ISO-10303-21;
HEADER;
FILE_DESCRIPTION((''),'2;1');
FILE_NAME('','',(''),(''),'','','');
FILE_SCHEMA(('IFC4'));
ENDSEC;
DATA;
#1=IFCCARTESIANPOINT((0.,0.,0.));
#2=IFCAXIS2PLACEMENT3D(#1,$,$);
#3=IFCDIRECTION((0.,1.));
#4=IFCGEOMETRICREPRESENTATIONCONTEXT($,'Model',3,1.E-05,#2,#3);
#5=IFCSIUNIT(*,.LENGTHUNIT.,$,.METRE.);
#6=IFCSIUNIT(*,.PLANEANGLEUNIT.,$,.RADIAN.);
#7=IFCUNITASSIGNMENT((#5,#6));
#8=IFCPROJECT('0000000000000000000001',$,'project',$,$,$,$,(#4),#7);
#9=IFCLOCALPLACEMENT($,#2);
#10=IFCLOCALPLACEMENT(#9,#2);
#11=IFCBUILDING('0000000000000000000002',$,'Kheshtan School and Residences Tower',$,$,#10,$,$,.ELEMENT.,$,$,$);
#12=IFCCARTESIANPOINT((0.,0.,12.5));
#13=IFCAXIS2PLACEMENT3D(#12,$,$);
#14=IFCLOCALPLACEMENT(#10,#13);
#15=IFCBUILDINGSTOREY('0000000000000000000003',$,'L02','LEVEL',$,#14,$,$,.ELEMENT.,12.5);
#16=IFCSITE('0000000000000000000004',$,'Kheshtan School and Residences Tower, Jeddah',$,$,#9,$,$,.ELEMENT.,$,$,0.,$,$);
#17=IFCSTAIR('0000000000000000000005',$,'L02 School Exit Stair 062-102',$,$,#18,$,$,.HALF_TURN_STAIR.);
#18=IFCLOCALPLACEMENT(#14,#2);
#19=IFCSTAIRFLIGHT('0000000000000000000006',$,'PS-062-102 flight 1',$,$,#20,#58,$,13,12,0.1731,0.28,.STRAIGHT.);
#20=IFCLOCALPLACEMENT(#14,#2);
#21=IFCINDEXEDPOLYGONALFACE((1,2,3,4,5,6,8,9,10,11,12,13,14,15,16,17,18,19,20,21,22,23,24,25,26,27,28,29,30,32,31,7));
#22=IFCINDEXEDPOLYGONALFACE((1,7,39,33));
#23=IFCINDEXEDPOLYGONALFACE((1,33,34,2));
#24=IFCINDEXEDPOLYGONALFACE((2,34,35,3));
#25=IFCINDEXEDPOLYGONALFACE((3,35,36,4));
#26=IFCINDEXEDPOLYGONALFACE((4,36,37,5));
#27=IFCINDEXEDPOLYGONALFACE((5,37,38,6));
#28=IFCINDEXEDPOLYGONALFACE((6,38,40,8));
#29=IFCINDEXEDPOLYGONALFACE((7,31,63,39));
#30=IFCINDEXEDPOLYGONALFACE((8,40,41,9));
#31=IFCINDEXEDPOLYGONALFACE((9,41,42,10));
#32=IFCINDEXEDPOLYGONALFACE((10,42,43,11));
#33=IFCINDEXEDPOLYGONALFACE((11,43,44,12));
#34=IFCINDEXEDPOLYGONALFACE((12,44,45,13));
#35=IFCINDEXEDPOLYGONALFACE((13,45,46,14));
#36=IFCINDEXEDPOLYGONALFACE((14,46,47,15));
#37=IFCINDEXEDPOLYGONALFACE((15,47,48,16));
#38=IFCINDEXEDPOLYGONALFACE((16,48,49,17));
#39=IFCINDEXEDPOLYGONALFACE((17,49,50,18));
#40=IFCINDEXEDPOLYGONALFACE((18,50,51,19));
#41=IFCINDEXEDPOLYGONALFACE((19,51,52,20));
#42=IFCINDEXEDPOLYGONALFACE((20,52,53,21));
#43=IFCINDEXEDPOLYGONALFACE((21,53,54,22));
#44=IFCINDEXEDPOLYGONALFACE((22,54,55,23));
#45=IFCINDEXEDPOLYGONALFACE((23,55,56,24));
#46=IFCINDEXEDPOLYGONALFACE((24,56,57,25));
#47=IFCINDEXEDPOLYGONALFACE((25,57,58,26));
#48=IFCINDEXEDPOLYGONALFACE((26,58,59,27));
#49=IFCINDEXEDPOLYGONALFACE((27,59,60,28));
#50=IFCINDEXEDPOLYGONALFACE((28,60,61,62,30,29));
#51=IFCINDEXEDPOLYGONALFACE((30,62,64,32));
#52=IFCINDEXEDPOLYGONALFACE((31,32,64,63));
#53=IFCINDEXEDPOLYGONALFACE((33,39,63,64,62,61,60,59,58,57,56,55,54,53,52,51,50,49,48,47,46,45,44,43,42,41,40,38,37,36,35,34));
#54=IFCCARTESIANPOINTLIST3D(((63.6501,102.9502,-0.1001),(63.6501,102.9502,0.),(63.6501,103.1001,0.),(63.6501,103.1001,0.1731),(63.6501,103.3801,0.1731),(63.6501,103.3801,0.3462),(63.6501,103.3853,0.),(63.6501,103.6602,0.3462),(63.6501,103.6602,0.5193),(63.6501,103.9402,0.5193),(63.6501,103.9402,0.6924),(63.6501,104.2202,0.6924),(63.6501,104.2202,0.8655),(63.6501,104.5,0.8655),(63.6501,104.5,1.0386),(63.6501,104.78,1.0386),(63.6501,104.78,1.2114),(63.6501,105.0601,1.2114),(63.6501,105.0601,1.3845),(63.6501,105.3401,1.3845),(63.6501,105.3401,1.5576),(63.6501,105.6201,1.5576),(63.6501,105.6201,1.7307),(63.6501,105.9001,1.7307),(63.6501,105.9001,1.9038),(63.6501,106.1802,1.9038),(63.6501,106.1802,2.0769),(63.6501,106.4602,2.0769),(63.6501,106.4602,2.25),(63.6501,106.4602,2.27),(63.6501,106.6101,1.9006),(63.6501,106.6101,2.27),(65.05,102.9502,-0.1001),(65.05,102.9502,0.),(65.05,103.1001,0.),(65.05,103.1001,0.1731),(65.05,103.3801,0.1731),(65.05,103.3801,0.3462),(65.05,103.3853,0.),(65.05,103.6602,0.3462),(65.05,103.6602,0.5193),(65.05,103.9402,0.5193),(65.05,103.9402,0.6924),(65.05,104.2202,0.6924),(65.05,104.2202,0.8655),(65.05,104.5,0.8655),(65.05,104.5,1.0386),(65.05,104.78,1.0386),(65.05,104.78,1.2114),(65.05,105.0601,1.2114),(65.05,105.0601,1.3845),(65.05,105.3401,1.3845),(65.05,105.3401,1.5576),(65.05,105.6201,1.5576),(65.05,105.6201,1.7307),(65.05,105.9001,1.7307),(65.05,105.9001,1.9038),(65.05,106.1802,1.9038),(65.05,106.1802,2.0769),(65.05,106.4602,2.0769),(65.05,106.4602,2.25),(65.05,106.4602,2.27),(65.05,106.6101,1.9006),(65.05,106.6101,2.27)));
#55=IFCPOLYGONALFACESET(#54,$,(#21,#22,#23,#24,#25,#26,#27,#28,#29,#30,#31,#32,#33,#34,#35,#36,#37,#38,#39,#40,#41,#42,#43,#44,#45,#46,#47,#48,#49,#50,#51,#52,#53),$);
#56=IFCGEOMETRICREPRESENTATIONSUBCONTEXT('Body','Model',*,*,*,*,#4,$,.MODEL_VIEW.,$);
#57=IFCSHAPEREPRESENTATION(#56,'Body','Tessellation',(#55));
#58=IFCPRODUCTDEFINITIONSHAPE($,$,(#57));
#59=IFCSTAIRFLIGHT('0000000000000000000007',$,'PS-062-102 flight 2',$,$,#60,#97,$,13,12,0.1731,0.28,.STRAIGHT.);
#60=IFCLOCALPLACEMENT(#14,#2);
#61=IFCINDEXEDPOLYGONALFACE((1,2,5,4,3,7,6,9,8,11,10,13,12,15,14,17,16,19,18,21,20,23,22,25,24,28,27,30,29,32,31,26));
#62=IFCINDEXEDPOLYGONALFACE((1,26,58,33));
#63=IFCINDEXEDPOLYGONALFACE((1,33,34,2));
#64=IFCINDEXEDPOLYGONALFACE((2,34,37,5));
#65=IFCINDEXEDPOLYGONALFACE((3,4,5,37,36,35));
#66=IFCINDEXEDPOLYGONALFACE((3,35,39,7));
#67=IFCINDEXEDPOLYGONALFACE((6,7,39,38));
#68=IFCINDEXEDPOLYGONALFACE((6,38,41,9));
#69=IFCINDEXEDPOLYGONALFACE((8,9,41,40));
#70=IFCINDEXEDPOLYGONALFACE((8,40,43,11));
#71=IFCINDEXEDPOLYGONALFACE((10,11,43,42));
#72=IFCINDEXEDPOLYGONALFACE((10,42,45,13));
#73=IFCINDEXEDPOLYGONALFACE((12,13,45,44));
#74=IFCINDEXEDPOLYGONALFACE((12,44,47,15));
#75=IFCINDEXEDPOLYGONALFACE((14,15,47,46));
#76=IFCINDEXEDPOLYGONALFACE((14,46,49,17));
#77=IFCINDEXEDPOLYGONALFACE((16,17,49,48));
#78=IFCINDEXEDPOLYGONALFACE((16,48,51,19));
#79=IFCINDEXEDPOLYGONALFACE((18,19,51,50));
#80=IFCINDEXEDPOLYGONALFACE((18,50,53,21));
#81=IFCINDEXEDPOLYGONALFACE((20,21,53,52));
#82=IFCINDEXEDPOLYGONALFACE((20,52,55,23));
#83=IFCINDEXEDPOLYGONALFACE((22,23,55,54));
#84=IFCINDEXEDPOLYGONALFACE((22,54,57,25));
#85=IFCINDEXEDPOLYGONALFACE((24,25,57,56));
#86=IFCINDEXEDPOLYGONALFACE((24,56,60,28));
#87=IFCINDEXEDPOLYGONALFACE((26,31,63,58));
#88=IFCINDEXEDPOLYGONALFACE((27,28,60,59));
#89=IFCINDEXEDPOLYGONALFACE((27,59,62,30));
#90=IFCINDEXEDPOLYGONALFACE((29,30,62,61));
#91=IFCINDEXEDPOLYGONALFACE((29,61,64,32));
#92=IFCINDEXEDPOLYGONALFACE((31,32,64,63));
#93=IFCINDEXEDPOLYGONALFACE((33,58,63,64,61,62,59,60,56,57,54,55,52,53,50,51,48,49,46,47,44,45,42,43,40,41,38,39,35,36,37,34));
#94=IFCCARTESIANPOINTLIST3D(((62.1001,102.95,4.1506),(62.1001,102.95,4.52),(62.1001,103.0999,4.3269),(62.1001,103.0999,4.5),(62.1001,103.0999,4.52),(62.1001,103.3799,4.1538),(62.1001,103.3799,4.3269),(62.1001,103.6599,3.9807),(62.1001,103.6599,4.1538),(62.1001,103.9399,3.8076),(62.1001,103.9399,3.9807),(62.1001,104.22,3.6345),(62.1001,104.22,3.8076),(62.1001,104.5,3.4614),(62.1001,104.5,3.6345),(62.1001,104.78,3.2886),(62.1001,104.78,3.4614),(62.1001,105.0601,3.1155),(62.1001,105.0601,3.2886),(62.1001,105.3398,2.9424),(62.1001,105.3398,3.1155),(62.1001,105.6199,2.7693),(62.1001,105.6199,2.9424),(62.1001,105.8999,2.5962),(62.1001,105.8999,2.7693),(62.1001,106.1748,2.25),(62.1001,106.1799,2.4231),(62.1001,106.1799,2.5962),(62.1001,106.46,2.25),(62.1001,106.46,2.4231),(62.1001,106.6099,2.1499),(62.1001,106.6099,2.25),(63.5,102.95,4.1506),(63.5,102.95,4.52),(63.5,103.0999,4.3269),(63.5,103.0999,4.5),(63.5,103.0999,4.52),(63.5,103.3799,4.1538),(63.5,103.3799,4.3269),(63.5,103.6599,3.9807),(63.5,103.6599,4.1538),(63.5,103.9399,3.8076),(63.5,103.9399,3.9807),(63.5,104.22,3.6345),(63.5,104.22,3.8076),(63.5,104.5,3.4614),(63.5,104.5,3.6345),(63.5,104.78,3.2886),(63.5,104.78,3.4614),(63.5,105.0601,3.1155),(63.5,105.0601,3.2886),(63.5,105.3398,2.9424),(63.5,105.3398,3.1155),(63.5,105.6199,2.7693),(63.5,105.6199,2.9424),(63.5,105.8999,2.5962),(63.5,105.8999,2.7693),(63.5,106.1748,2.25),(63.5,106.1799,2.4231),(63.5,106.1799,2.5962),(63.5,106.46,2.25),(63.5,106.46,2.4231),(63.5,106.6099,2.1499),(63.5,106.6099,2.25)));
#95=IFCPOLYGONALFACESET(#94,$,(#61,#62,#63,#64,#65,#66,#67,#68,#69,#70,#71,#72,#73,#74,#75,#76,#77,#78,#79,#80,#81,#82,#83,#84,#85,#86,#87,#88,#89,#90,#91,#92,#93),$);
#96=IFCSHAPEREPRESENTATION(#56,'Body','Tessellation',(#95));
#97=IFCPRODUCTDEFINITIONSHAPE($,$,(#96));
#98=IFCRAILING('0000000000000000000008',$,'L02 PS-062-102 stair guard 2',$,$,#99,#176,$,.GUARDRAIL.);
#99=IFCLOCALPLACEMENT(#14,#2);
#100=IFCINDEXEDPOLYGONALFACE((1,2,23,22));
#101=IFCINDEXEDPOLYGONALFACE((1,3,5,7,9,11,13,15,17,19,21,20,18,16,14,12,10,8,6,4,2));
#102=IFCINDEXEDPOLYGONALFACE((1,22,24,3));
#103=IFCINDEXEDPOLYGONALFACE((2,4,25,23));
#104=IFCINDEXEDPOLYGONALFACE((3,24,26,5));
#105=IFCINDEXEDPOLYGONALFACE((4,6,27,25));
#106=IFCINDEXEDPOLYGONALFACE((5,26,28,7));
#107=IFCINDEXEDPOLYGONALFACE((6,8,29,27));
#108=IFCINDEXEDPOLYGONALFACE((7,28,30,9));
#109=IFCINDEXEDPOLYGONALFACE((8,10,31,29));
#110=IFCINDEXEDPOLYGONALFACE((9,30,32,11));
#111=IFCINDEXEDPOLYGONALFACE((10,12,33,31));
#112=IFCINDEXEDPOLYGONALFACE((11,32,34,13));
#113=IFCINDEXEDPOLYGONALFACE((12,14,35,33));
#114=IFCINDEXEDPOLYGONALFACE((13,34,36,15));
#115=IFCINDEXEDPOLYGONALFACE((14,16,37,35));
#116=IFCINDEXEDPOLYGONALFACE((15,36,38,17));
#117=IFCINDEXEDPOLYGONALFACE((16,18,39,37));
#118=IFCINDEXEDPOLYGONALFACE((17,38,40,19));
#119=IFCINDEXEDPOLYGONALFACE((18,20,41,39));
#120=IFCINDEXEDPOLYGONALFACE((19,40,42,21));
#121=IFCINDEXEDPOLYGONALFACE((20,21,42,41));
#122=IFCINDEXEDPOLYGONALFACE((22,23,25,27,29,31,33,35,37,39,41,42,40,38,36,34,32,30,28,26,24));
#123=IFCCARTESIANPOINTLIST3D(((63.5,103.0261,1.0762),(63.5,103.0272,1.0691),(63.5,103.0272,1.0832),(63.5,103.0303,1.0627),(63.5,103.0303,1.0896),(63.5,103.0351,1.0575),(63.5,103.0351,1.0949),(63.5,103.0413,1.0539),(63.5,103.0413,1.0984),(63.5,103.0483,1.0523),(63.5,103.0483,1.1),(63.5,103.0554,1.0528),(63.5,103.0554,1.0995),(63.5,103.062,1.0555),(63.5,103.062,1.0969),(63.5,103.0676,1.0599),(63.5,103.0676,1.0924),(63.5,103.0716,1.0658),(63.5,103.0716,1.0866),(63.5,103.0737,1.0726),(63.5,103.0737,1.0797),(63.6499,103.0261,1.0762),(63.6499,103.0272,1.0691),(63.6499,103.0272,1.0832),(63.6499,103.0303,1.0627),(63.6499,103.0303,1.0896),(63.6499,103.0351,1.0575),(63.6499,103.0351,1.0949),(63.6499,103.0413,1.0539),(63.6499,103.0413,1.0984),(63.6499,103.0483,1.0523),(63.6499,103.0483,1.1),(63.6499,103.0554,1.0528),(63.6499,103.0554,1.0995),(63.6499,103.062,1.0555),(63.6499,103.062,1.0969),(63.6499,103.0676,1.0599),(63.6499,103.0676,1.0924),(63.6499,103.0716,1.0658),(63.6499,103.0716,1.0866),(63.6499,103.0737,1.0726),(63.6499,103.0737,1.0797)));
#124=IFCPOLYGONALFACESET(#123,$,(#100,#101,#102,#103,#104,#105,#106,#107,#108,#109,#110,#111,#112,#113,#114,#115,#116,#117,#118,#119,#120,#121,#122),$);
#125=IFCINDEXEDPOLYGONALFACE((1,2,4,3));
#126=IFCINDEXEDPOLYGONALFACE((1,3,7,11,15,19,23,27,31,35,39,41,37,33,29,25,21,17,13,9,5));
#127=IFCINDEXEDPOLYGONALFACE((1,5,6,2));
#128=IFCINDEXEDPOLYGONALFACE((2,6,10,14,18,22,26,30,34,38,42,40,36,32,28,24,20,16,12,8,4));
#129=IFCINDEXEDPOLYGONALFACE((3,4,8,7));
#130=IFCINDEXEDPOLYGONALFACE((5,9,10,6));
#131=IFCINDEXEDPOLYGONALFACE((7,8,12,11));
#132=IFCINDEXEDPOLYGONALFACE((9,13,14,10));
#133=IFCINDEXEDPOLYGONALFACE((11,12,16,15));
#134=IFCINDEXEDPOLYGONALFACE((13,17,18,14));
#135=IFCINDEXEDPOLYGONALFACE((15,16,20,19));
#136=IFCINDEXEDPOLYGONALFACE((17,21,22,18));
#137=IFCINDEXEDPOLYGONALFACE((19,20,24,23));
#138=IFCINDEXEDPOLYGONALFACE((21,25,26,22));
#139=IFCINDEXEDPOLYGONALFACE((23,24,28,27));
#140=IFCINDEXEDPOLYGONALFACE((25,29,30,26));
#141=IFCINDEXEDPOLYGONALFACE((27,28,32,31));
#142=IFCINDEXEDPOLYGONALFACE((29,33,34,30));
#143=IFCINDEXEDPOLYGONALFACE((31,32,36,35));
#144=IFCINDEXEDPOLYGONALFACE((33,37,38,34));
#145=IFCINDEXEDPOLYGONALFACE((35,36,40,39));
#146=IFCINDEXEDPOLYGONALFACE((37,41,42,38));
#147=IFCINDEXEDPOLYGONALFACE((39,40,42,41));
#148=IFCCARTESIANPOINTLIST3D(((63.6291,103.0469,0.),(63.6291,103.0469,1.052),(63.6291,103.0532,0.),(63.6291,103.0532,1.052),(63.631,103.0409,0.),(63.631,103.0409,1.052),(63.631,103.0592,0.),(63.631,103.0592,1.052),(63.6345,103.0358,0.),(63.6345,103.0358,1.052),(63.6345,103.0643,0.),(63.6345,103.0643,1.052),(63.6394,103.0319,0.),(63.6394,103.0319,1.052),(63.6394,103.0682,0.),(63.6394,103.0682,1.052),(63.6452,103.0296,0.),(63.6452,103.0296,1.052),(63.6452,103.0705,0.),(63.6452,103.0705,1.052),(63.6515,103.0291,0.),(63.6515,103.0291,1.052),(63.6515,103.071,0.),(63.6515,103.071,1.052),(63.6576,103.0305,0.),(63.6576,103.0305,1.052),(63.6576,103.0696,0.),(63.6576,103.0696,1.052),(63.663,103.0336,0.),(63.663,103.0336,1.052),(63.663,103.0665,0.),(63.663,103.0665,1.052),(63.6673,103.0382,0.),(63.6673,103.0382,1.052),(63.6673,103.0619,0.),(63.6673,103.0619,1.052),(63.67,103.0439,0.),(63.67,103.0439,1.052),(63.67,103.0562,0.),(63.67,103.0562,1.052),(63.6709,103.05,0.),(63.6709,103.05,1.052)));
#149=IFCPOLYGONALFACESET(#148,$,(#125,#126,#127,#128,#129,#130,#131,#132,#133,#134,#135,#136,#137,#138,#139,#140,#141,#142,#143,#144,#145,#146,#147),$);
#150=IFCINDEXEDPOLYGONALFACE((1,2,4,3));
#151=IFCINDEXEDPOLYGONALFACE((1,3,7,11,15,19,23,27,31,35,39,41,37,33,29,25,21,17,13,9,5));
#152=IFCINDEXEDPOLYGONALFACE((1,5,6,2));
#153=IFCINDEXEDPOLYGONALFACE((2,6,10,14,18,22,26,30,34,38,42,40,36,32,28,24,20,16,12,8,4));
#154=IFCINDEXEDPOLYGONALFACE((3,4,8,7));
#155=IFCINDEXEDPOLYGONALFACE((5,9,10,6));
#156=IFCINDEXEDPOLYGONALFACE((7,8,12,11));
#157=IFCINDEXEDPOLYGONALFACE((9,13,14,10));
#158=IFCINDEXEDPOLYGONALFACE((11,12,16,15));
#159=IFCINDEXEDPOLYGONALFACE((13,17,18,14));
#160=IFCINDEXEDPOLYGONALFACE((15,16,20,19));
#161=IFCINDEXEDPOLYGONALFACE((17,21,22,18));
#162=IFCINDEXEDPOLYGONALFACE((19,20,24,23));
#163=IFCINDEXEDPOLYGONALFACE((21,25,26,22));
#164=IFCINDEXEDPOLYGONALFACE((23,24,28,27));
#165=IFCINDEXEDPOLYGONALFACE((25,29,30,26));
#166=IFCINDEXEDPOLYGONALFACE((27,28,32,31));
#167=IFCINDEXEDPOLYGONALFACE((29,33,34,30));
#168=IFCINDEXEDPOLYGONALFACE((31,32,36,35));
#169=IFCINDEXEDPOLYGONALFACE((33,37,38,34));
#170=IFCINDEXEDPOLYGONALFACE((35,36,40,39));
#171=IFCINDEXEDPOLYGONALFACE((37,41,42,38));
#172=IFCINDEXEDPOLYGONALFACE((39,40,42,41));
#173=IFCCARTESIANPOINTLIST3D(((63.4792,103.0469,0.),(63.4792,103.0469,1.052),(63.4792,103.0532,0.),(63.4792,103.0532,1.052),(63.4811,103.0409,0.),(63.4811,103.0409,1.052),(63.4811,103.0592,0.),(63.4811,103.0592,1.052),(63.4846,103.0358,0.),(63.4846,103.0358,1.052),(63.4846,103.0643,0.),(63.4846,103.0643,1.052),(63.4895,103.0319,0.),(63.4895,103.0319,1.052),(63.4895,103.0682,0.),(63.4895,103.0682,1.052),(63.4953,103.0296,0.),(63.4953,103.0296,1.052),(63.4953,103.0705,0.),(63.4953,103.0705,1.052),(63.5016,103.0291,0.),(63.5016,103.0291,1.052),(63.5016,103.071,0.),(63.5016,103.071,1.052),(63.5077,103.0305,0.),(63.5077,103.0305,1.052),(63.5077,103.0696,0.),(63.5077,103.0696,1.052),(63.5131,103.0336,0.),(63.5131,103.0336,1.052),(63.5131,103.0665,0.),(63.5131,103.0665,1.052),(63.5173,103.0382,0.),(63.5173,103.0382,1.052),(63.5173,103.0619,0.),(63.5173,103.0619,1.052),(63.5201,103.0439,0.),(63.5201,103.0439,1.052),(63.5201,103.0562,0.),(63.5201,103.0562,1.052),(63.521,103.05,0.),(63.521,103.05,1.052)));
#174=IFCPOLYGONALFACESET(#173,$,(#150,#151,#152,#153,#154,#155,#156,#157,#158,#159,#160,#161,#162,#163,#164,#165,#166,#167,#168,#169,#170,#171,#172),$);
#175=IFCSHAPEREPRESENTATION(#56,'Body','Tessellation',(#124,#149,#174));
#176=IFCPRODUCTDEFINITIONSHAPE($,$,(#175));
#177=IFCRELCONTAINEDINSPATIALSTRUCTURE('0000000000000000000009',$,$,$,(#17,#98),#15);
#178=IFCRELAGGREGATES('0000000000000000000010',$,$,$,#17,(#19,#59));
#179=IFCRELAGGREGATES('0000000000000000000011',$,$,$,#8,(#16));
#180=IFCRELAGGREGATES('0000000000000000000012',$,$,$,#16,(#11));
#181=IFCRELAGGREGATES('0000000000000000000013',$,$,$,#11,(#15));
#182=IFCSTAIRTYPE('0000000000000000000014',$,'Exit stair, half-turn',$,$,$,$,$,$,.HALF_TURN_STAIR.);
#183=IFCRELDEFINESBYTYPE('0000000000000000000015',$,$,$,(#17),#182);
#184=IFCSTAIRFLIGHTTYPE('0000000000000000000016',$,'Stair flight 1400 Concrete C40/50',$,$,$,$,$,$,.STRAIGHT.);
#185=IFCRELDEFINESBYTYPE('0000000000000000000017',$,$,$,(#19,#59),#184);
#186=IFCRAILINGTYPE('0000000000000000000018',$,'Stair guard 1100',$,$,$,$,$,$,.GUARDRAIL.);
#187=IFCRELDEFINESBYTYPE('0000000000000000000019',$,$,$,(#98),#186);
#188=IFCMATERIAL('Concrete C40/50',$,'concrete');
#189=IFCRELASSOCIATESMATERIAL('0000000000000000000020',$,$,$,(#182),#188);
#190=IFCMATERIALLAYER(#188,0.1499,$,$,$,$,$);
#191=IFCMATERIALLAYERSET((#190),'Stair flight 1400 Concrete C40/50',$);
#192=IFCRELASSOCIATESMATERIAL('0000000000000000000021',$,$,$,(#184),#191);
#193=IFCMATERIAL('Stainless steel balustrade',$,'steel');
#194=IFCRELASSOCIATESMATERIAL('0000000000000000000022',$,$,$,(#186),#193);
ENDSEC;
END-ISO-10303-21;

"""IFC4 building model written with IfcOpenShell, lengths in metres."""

from ifc_helpers import new_model, si_unit, direction, frame, origin, origin_2d, place, context, subcontext, project, spatial, polyline, circle, outline, extrude, material, layer, layer_set, type_object, element, aggregate, save


model = new_model("IFC4")

# Units and contexts
model_context = context("Model", 3, precision=1e-05, world=origin(), true_north=direction((0.0, 1.0)))
body_context = subcontext(model_context, "Body", "Model", "MODEL_VIEW")
ifc_project = project(units=[si_unit("LENGTHUNIT", "METRE"), si_unit("PLANEANGLEUNIT", "RADIAN")], contexts=[model_context])

# Site, building, storey
site_placement = place(None, origin())
site = spatial("IfcSite", under=ifc_project, at=site_placement, Name="Kheshtan School and Residences Tower, Jeddah", CompositionType="ELEMENT", RefElevation=0.0)
building_placement = place(site_placement, origin())
building = spatial("IfcBuilding", under=site, at=building_placement, Name="Kheshtan School and Residences Tower", CompositionType="ELEMENT")
storey_placement = place(building_placement, frame((0.0, 0.0, 12.5)))
storey = spatial("IfcBuildingStorey", under=building, at=storey_placement, Name="L02", Description="LEVEL", CompositionType="ELEMENT", Elevation=12.5)

# Shared definitions
ifc_material_1 = material(Name="Concrete C40/50", Category="concrete")

# Stair, stair flights
stair_type = type_object("IfcStairType", Name="Exit stair, half-turn", PredefinedType="HALF_TURN_STAIR", material=ifc_material_1)
stair_placement = place(storey_placement, origin())
stair = element("IfcStair", 1, at=stair_placement, inside=storey, type_object=stair_type, Name="L02 School Exit Stair 062-102", PredefinedType="HALF_TURN_STAIR")
ifc_layer_1 = layer(ifc_material_1, 0.1499)
ifc_layer_set_1 = layer_set([ifc_layer_1], Name="Stair flight 1400 Concrete C40/50")
stair_flight_type = type_object("IfcStairFlightType", Name="Stair flight 1400 Concrete C40/50", PredefinedType="STRAIGHT", material=ifc_layer_set_1)
stair_flight_1_placement = place(storey_placement, frame((64.3501, 103.1001, 0.0), z_axis=(0.0, 0.0, 1.0), x_axis=(0.0, 1.0, 0.0)))
stair_flight_1 = element("IfcStairFlight", 2, at=stair_flight_1_placement, type_object=stair_flight_type, Name="PS-062-102 flight 1", NumberOfRisers=13, NumberOfTreads=12, PredefinedType="STRAIGHT", RiserHeight=0.1731, TreadLength=0.28, context=body_context, shape_type="SweptSolid", body=[
    extrude(outline(polyline([(-0.1499, -0.1001), (-0.1499, 0.0), (0.0, 0.0), (0.0, 0.1731), (0.28, 0.1731), (0.28, 0.3462), (0.5601, 0.3462), (0.5601, 0.5193), (0.8401, 0.5193), (0.8401, 0.6924), (1.1201, 0.6924), (1.1201, 0.8655), (1.3999, 0.8655), (1.3999, 1.0386), (1.6799, 1.0386), (1.6799, 1.2114), (1.96, 1.2114), (1.96, 1.3845), (2.24, 1.3845), (2.24, 1.5576), (2.52, 1.5576), (2.52, 1.7307), (2.8, 1.7307), (2.8, 1.9038), (3.0801, 1.9038), (3.0801, 2.0769), (3.3601, 2.0769), (3.3601, 2.25), (3.3601, 2.27), (3.51, 2.27), (3.51, 1.9006), (0.2852, 0.0), (-0.1499, -0.1001)])), frame((0.0, 0.7, 0.0), z_axis=(0.0, -1.0, 0.0), x_axis=(1.0, 0.0, 0.0)), (0.0, 0.0, 1.0), 1.3999),
])
stair_flight_2_placement = place(storey_placement, frame((62.8, 106.46, 2.25), z_axis=(0.0, 0.0, 1.0), x_axis=(0.0, -1.0, 0.0)))
stair_flight_2 = element("IfcStairFlight", 3, at=stair_flight_2_placement, type_object=stair_flight_type, Name="PS-062-102 flight 2", NumberOfRisers=13, NumberOfTreads=12, PredefinedType="STRAIGHT", RiserHeight=0.1731, TreadLength=0.28, context=body_context, shape_type="SweptSolid", body=[
    extrude(outline(polyline([(-0.1499, -0.1001), (-0.1499, 0.0), (0.0, 0.0), (0.0, 0.1731), (0.28, 0.1731), (0.28, 0.3462), (0.5601, 0.3462), (0.5601, 0.5193), (0.8401, 0.5193), (0.8401, 0.6924), (1.1201, 0.6924), (1.1201, 0.8655), (1.3999, 0.8655), (1.3999, 1.0386), (1.6799, 1.0386), (1.6799, 1.2114), (1.96, 1.2114), (1.96, 1.3845), (2.24, 1.3845), (2.24, 1.5576), (2.52, 1.5576), (2.52, 1.7307), (2.8, 1.7307), (2.8, 1.9038), (3.0801, 1.9038), (3.0801, 2.0769), (3.3601, 2.0769), (3.3601, 2.25), (3.3601, 2.27), (3.51, 2.27), (3.51, 1.9006), (0.2852, 0.0), (-0.1499, -0.1001)])), frame((0.0, 0.7, 0.0), z_axis=(0.0, -1.0, 0.0), x_axis=(1.0, 0.0, 0.0)), (0.0, 0.0, 1.0), 1.3999),
])
aggregate(stair, [stair_flight_1, stair_flight_2])

# Railing
ifc_material_2 = material(Name="Stainless steel balustrade", Category="steel")
railing_type_1 = type_object("IfcRailingType", Name="Stair guard 1100", PredefinedType="GUARDRAIL", material=ifc_material_2)
railing_1_placement = place(storey_placement, frame((63.6499, 103.05, 0.0)))
element("IfcRailing", 4, at=railing_1_placement, inside=storey, type_object=railing_type_1, Name="L02 PS-062-102 stair guard 2", PredefinedType="GUARDRAIL", context=body_context, shape_type="SweptSolid", body=[
    extrude(circle(Radius=0.0239, at=origin_2d()), frame((0.0, 0.0, 1.0762), z_axis=(-1.0, 0.0, 0.0), x_axis=(0.0, -1.0, 0.0)), (0.0, 0.0, 1.0), 0.1499),
    extrude(circle(Radius=0.021, at=origin_2d()), origin(), (0.0, 0.0, 1.0), 1.052),
    extrude(circle(Radius=0.021, at=origin_2d()), frame((-0.1499, 0.0, 0.0)), (0.0, 0.0, 1.0), 1.052),
])

save(model, "model.ifc")
